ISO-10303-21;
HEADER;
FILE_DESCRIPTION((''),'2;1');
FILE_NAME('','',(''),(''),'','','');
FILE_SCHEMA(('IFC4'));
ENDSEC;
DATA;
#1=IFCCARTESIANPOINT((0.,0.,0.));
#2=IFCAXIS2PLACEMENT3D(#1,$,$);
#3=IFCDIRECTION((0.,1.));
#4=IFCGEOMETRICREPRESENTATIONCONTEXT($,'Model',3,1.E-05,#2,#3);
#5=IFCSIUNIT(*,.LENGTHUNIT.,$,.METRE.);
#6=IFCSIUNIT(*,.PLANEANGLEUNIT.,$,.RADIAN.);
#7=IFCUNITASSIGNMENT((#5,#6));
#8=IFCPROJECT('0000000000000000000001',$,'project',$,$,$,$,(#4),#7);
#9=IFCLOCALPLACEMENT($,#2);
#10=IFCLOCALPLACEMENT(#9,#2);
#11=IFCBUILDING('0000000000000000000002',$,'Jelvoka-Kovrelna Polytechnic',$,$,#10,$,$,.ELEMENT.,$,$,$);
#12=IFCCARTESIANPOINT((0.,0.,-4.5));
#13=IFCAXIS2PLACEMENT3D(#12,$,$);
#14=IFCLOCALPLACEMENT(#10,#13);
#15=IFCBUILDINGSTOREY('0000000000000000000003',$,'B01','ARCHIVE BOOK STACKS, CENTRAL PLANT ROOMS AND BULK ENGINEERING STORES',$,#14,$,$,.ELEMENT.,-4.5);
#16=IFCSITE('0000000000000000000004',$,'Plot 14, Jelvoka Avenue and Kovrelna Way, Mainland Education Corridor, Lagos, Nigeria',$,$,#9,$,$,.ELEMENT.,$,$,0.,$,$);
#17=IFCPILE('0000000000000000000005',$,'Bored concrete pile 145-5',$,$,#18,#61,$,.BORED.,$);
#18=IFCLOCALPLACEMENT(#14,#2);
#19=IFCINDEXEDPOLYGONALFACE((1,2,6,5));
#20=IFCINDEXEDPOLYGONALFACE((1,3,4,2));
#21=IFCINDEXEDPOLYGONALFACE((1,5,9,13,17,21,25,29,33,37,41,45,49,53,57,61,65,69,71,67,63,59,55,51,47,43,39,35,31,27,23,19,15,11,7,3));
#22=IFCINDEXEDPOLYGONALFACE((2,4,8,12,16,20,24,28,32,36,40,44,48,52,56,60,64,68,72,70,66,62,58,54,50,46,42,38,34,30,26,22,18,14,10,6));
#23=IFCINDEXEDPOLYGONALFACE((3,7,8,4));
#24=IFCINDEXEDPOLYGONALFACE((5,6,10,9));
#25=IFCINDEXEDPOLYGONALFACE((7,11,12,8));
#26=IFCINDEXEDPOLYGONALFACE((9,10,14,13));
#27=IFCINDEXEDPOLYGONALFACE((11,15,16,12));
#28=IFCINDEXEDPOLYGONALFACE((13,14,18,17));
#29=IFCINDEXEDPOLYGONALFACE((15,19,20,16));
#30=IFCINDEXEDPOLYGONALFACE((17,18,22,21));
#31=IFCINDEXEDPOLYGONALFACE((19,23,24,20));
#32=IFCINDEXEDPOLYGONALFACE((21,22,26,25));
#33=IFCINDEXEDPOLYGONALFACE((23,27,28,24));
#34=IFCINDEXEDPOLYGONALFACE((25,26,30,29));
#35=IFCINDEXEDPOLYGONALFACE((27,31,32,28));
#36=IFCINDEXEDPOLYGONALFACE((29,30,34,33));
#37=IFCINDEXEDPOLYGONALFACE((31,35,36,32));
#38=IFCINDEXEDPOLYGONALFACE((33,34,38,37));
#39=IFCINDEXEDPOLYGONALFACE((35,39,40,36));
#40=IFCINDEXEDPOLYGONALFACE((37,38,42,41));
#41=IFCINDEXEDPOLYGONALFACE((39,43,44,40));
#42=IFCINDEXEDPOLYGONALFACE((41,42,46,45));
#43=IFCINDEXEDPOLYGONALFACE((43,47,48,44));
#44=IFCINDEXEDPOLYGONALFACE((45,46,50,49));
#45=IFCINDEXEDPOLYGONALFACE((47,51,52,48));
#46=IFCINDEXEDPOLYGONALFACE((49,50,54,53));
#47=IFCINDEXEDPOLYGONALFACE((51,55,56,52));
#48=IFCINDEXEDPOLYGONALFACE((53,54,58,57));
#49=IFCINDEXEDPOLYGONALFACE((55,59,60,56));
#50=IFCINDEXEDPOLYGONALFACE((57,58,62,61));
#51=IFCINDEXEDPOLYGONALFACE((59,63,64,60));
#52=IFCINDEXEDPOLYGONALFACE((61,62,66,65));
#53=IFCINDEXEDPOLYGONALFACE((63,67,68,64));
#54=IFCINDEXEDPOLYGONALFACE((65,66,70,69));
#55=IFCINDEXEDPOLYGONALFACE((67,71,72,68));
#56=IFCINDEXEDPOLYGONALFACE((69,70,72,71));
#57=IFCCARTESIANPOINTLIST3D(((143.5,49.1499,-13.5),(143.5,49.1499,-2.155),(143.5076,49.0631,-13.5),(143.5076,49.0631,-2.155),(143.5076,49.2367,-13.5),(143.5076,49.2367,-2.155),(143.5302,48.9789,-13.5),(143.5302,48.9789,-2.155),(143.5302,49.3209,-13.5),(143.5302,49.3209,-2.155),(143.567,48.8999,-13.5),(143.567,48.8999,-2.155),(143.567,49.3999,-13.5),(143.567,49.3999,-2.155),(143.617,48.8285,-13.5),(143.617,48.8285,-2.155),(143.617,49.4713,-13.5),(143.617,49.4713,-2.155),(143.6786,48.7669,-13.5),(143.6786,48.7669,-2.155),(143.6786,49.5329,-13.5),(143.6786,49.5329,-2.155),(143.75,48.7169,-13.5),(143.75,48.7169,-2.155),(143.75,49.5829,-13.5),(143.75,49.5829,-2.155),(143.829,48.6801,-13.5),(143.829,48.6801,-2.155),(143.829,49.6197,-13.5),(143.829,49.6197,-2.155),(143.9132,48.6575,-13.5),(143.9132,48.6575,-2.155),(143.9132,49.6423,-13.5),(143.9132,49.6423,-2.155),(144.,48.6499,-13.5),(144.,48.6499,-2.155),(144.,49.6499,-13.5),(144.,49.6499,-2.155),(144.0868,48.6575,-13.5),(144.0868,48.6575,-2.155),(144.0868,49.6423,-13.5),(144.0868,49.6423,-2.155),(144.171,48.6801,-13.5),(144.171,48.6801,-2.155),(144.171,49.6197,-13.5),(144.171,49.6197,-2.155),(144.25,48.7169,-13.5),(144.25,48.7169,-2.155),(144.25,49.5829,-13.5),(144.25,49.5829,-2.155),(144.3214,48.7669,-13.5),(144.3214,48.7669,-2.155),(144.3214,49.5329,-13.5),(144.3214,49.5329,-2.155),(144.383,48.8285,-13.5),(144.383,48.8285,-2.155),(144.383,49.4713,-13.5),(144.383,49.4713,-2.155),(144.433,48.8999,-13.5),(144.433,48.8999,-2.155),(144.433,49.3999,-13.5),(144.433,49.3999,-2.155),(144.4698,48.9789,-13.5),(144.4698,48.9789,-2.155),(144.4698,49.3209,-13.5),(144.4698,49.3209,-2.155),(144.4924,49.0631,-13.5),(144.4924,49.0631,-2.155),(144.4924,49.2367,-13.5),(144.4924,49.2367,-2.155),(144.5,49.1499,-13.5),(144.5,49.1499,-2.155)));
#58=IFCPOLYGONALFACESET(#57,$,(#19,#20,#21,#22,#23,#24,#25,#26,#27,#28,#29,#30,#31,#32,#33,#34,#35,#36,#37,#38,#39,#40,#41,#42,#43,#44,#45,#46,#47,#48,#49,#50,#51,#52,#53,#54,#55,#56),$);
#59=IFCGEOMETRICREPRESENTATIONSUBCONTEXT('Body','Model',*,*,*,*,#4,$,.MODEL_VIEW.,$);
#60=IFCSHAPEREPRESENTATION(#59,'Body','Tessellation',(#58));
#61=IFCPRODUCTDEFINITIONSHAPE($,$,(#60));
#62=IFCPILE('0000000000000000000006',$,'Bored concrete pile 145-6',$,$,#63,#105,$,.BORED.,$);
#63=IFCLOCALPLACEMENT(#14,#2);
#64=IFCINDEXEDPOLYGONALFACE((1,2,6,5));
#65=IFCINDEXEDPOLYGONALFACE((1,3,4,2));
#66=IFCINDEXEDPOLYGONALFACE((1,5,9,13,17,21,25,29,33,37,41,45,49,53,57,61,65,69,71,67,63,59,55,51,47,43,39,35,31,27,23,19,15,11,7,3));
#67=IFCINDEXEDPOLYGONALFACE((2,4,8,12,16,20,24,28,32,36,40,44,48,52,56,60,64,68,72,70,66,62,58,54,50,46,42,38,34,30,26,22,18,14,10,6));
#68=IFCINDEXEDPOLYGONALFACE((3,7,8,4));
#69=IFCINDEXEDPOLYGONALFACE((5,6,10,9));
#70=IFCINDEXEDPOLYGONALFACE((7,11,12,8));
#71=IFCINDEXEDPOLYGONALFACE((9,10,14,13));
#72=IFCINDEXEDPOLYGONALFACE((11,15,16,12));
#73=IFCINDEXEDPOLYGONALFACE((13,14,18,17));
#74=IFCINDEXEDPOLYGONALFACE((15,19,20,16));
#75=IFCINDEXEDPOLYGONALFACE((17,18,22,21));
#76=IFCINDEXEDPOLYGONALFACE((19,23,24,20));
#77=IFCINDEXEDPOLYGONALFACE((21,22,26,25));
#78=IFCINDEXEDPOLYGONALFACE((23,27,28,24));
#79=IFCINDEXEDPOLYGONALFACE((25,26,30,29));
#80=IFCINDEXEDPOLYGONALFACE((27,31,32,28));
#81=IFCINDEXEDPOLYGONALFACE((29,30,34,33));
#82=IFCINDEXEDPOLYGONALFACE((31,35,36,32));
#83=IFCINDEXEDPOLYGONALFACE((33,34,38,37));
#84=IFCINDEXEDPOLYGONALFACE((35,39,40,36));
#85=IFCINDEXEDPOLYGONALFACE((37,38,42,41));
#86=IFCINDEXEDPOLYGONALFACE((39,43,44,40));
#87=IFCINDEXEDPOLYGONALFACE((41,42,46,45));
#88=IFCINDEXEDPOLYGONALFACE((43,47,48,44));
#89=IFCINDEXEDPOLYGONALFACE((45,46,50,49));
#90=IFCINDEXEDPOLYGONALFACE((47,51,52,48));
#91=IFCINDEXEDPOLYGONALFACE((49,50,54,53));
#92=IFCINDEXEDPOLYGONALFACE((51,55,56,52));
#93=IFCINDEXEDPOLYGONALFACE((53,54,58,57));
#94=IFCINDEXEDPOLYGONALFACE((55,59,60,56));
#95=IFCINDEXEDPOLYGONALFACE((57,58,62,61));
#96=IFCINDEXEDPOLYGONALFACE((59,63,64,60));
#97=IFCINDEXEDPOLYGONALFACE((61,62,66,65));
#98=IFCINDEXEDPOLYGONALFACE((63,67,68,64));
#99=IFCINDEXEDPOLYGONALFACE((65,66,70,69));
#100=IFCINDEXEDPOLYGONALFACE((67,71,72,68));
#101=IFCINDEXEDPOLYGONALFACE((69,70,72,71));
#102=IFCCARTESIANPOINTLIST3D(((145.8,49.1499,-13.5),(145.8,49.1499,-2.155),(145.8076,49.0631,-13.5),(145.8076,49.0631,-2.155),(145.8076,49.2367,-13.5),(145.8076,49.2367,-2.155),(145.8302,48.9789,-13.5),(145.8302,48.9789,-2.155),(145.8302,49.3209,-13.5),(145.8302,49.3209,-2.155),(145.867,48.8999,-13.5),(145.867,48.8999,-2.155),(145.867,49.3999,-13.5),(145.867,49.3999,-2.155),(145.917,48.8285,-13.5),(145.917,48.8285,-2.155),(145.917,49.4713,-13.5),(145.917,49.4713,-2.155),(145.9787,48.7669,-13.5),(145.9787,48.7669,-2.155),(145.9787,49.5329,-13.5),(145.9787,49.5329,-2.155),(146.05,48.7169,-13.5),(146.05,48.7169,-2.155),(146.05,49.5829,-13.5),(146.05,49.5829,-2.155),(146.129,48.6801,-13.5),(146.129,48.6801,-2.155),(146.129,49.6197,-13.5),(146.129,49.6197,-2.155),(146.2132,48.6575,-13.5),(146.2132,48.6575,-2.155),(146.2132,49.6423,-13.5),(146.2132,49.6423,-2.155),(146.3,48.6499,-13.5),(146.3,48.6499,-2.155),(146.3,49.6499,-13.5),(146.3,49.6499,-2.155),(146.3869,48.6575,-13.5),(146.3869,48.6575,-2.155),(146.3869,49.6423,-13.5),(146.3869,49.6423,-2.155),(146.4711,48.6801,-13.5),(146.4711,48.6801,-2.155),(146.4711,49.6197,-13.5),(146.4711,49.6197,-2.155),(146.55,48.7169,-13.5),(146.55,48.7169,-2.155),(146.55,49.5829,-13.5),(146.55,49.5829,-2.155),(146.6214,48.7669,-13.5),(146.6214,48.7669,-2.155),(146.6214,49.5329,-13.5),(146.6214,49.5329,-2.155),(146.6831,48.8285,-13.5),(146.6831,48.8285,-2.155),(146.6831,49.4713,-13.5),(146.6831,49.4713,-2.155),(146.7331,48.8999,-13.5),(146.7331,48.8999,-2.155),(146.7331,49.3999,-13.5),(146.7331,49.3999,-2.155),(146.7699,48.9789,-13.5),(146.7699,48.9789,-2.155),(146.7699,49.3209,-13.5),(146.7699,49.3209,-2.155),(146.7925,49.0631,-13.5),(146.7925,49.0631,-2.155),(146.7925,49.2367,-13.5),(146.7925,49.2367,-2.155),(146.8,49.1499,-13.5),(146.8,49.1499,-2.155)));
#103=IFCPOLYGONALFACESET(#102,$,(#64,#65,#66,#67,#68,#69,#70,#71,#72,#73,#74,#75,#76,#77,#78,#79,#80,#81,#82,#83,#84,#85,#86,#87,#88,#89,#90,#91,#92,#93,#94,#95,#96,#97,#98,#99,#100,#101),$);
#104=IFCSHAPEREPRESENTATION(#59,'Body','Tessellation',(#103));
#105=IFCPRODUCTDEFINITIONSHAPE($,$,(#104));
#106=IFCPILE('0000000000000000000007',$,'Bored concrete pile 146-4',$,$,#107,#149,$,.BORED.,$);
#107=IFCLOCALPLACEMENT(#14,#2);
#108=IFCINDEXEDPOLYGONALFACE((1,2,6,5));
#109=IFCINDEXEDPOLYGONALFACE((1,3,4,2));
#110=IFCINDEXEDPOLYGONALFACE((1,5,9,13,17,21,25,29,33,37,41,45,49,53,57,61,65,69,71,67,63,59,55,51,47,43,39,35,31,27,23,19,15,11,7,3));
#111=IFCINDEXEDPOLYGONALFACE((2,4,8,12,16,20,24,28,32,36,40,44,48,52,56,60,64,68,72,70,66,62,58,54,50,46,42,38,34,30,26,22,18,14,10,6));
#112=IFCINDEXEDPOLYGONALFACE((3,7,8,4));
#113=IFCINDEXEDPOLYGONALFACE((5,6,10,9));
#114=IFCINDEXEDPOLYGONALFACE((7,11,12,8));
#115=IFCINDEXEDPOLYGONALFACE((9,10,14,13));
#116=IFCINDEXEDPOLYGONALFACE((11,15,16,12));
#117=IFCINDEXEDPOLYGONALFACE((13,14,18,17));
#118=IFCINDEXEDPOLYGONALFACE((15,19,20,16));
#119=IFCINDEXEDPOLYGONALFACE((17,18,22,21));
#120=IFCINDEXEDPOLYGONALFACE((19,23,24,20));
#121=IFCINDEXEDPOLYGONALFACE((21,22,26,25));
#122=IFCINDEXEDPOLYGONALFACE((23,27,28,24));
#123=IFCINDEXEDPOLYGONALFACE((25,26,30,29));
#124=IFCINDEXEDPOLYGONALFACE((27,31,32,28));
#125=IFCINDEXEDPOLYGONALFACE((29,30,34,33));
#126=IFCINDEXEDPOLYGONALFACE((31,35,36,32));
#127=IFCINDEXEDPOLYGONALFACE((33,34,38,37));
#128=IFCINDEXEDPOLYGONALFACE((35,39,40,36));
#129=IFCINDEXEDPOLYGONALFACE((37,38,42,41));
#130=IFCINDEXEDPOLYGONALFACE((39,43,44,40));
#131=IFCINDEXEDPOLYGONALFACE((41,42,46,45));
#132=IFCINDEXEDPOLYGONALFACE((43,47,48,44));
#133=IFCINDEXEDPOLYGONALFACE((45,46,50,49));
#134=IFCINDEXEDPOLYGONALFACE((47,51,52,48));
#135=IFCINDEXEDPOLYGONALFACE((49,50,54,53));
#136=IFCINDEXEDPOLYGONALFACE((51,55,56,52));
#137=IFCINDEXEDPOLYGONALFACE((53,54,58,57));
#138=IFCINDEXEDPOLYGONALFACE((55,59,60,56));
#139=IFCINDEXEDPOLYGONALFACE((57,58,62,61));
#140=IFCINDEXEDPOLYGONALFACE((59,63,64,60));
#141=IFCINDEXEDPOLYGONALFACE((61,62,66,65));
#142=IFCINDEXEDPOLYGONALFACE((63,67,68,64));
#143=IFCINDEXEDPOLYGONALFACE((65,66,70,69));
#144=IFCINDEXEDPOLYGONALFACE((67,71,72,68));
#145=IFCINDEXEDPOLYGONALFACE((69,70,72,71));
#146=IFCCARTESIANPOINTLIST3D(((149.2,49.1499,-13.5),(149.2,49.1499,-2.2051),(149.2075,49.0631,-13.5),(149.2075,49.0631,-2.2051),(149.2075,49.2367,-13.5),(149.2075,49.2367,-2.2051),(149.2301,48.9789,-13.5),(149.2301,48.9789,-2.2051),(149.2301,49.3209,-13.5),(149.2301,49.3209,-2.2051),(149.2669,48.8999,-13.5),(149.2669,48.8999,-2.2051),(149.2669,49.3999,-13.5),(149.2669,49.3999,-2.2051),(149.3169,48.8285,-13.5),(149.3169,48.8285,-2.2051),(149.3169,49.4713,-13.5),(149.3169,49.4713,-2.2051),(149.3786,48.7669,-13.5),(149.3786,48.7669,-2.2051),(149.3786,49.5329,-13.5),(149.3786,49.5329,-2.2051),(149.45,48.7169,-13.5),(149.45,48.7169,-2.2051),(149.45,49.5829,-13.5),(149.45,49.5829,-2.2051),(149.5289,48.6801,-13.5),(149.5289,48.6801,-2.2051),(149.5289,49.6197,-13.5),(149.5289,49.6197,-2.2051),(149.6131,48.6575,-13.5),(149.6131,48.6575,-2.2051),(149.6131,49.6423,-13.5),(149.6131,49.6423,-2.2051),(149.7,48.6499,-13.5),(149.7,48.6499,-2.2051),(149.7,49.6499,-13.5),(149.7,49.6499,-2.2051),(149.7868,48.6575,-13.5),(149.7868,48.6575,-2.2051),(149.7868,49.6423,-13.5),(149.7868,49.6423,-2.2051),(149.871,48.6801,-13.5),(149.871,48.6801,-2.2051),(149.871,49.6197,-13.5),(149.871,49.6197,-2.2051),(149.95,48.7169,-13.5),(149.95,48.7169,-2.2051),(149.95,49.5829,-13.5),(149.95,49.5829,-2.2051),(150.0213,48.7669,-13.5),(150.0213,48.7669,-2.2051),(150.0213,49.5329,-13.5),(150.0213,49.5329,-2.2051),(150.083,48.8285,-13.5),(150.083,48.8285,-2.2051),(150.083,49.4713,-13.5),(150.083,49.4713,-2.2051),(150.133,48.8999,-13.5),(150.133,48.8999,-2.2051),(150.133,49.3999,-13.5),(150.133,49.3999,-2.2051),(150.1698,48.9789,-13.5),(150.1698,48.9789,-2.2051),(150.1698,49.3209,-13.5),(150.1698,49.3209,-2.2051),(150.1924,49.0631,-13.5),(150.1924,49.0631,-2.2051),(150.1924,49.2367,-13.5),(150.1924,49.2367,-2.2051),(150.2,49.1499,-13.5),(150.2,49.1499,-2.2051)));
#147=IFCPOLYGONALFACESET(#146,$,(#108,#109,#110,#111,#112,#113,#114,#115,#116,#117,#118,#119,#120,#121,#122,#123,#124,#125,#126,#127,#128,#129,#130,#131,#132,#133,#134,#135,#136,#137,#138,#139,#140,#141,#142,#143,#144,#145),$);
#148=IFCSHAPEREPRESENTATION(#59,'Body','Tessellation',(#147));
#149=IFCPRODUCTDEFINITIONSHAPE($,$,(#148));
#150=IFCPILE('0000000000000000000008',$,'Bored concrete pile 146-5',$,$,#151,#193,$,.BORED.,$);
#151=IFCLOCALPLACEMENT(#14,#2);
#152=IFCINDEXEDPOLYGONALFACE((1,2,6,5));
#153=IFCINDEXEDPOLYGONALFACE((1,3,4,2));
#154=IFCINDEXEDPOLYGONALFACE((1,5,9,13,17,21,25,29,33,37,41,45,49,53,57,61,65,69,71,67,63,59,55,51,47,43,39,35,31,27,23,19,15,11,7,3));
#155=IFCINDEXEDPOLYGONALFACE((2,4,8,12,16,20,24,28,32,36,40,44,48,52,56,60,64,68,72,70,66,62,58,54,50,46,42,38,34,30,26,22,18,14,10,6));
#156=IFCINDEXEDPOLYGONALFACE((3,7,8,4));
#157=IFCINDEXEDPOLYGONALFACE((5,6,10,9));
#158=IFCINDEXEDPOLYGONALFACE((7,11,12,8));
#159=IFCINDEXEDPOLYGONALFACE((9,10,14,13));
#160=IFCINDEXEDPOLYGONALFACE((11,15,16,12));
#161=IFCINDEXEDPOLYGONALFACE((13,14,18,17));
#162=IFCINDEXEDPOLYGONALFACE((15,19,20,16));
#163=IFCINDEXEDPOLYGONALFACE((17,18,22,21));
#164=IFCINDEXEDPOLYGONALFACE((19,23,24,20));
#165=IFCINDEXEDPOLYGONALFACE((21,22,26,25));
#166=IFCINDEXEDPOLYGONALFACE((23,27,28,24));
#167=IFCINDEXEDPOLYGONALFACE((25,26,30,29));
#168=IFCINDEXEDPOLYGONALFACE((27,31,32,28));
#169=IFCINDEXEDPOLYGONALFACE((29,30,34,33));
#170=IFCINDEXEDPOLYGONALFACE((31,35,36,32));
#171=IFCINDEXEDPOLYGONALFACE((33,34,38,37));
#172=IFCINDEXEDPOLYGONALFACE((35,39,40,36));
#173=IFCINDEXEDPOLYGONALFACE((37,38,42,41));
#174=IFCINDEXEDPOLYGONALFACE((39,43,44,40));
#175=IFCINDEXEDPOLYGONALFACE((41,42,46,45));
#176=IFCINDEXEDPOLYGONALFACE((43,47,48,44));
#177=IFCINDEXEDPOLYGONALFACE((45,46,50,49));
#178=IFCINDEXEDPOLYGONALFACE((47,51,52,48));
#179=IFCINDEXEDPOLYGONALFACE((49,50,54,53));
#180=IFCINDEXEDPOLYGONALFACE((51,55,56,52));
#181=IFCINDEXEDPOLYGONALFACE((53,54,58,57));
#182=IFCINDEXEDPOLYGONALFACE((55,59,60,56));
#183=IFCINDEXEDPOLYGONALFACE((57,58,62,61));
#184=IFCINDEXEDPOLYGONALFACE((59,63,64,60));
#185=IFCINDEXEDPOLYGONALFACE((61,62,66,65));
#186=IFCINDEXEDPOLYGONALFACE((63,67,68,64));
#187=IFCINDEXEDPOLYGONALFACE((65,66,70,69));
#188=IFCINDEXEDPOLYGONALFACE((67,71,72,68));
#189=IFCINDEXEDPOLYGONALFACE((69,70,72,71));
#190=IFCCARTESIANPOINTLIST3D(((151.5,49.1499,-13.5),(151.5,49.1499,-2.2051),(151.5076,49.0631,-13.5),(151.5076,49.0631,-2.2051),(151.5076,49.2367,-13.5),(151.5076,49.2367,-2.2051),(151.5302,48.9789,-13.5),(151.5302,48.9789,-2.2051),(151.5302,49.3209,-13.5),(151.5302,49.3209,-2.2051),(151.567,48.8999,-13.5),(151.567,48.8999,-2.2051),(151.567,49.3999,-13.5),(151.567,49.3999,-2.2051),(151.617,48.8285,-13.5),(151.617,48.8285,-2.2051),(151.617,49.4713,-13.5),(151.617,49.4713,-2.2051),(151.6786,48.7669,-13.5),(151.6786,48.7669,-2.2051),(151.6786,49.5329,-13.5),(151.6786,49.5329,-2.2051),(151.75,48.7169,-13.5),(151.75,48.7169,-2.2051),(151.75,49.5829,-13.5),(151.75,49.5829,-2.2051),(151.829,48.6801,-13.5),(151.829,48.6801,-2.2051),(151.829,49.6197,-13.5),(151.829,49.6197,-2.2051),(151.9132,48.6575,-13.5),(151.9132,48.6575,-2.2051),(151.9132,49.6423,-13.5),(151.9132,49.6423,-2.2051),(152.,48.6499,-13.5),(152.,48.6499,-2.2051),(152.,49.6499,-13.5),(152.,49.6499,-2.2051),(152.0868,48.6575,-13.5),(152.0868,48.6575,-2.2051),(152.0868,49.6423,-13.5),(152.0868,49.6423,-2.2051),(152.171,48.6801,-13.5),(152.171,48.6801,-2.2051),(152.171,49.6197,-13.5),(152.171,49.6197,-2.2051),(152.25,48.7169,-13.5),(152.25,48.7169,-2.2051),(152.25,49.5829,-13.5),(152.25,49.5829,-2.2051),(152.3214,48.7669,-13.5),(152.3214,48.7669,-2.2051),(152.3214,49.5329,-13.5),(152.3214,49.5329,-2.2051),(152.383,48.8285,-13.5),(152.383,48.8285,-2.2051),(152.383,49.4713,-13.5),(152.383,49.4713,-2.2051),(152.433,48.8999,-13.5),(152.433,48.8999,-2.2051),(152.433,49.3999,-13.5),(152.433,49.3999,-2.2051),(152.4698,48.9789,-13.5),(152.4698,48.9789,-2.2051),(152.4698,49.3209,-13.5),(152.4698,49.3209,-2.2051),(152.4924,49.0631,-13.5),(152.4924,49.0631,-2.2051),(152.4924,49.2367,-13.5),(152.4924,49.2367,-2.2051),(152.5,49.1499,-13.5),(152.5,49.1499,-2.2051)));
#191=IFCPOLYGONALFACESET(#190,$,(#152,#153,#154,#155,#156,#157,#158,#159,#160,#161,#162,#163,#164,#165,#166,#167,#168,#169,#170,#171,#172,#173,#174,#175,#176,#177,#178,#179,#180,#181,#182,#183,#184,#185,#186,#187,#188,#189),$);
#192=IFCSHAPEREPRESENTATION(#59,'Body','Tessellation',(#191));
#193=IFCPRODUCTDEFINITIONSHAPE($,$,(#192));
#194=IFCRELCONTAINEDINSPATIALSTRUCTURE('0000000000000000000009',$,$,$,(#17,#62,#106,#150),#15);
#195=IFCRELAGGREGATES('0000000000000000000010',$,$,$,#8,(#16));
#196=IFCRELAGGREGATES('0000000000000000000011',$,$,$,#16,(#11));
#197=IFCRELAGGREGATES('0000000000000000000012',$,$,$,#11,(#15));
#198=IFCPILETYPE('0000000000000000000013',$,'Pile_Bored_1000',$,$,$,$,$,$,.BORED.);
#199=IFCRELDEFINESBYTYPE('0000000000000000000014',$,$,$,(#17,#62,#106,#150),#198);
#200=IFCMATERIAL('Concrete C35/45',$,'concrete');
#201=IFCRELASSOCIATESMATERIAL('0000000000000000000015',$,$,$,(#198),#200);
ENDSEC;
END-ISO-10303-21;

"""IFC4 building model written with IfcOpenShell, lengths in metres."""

from ifc_helpers import new_model, si_unit, direction, frame, origin, origin_2d, place, context, subcontext, project, spatial, circle, extrude, material, material_profile, profile_set, type_object, element, save


model = new_model("IFC4")

# Units and contexts
model_context = context("Model", 3, precision=1e-05, world=origin(), true_north=direction((0.0, 1.0)))
body_context = subcontext(model_context, "Body", "Model", "MODEL_VIEW")
ifc_project = project(units=[si_unit("LENGTHUNIT", "METRE"), si_unit("PLANEANGLEUNIT", "RADIAN")], contexts=[model_context])

# Site, building, storey
site_placement = place(None, origin())
site = spatial("IfcSite", under=ifc_project, at=site_placement, Name="Plot 14, Jelvoka Avenue and Kovrelna Way, Mainland Education Corridor, Lagos, Nigeria", CompositionType="ELEMENT", RefElevation=0.0)
building_placement = place(site_placement, origin())
building = spatial("IfcBuilding", under=site, at=building_placement, Name="Jelvoka-Kovrelna Polytechnic", CompositionType="ELEMENT")
storey_placement = place(building_placement, frame((0.0, 0.0, -4.5)))
storey = spatial("IfcBuildingStorey", under=building, at=storey_placement, Name="B01", Description="ARCHIVE BOOK STACKS, CENTRAL PLANT ROOMS AND BULK ENGINEERING STORES", CompositionType="ELEMENT", Elevation=-4.5)

# Piles
ifc_material_1 = material(Name="Concrete C35/45", Category="concrete")
ifc_material_profile_1 = material_profile(ifc_material_1, circle(Radius=0.5, at=origin_2d()), Name="PILE D1000")
ifc_profile_set_1 = profile_set([ifc_material_profile_1], Name="Concrete C35/45")
pile_type = type_object("IfcPileType", Name="Pile_Bored_1000", PredefinedType="BORED", material=ifc_profile_set_1)
for number, where, z_axis, x_axis, name in (
    (1, (144.0, 49.1499, -2.155), (0.0, 0.0, -1.0), (1.0, 0.0, 0.0), "Bored concrete pile 145-5"),
    (2, (146.3, 49.1499, -2.155), (0.0, 0.0, -1.0), (1.0, 0.0, 0.0), "Bored concrete pile 145-6"),
):
    element("IfcPile", number, at=place(storey_placement, frame(where, z_axis=z_axis, x_axis=x_axis)), inside=storey, type_object=pile_type, Name=name, PredefinedType="BORED", context=body_context, shape_type="SweptSolid", body=[
        extrude(circle(Radius=0.5, at=origin_2d()), origin(), (0.0, 0.0, 1.0), 11.345),
    ])
for number, where, z_axis, x_axis, name in (
    (3, (149.7, 49.1499, -2.2051), (0.0, 0.0, -1.0), (1.0, 0.0, 0.0), "Bored concrete pile 146-4"),
    (4, (152.0, 49.1499, -2.2051), (0.0, 0.0, -1.0), (1.0, 0.0, 0.0), "Bored concrete pile 146-5"),
):
    element("IfcPile", number, at=place(storey_placement, frame(where, z_axis=z_axis, x_axis=x_axis)), inside=storey, type_object=pile_type, Name=name, PredefinedType="BORED", context=body_context, shape_type="SweptSolid", body=[
        extrude(circle(Radius=0.5, at=origin_2d()), origin(), (0.0, 0.0, 1.0), 11.2949),
    ])

save(model, "model.ifc")
